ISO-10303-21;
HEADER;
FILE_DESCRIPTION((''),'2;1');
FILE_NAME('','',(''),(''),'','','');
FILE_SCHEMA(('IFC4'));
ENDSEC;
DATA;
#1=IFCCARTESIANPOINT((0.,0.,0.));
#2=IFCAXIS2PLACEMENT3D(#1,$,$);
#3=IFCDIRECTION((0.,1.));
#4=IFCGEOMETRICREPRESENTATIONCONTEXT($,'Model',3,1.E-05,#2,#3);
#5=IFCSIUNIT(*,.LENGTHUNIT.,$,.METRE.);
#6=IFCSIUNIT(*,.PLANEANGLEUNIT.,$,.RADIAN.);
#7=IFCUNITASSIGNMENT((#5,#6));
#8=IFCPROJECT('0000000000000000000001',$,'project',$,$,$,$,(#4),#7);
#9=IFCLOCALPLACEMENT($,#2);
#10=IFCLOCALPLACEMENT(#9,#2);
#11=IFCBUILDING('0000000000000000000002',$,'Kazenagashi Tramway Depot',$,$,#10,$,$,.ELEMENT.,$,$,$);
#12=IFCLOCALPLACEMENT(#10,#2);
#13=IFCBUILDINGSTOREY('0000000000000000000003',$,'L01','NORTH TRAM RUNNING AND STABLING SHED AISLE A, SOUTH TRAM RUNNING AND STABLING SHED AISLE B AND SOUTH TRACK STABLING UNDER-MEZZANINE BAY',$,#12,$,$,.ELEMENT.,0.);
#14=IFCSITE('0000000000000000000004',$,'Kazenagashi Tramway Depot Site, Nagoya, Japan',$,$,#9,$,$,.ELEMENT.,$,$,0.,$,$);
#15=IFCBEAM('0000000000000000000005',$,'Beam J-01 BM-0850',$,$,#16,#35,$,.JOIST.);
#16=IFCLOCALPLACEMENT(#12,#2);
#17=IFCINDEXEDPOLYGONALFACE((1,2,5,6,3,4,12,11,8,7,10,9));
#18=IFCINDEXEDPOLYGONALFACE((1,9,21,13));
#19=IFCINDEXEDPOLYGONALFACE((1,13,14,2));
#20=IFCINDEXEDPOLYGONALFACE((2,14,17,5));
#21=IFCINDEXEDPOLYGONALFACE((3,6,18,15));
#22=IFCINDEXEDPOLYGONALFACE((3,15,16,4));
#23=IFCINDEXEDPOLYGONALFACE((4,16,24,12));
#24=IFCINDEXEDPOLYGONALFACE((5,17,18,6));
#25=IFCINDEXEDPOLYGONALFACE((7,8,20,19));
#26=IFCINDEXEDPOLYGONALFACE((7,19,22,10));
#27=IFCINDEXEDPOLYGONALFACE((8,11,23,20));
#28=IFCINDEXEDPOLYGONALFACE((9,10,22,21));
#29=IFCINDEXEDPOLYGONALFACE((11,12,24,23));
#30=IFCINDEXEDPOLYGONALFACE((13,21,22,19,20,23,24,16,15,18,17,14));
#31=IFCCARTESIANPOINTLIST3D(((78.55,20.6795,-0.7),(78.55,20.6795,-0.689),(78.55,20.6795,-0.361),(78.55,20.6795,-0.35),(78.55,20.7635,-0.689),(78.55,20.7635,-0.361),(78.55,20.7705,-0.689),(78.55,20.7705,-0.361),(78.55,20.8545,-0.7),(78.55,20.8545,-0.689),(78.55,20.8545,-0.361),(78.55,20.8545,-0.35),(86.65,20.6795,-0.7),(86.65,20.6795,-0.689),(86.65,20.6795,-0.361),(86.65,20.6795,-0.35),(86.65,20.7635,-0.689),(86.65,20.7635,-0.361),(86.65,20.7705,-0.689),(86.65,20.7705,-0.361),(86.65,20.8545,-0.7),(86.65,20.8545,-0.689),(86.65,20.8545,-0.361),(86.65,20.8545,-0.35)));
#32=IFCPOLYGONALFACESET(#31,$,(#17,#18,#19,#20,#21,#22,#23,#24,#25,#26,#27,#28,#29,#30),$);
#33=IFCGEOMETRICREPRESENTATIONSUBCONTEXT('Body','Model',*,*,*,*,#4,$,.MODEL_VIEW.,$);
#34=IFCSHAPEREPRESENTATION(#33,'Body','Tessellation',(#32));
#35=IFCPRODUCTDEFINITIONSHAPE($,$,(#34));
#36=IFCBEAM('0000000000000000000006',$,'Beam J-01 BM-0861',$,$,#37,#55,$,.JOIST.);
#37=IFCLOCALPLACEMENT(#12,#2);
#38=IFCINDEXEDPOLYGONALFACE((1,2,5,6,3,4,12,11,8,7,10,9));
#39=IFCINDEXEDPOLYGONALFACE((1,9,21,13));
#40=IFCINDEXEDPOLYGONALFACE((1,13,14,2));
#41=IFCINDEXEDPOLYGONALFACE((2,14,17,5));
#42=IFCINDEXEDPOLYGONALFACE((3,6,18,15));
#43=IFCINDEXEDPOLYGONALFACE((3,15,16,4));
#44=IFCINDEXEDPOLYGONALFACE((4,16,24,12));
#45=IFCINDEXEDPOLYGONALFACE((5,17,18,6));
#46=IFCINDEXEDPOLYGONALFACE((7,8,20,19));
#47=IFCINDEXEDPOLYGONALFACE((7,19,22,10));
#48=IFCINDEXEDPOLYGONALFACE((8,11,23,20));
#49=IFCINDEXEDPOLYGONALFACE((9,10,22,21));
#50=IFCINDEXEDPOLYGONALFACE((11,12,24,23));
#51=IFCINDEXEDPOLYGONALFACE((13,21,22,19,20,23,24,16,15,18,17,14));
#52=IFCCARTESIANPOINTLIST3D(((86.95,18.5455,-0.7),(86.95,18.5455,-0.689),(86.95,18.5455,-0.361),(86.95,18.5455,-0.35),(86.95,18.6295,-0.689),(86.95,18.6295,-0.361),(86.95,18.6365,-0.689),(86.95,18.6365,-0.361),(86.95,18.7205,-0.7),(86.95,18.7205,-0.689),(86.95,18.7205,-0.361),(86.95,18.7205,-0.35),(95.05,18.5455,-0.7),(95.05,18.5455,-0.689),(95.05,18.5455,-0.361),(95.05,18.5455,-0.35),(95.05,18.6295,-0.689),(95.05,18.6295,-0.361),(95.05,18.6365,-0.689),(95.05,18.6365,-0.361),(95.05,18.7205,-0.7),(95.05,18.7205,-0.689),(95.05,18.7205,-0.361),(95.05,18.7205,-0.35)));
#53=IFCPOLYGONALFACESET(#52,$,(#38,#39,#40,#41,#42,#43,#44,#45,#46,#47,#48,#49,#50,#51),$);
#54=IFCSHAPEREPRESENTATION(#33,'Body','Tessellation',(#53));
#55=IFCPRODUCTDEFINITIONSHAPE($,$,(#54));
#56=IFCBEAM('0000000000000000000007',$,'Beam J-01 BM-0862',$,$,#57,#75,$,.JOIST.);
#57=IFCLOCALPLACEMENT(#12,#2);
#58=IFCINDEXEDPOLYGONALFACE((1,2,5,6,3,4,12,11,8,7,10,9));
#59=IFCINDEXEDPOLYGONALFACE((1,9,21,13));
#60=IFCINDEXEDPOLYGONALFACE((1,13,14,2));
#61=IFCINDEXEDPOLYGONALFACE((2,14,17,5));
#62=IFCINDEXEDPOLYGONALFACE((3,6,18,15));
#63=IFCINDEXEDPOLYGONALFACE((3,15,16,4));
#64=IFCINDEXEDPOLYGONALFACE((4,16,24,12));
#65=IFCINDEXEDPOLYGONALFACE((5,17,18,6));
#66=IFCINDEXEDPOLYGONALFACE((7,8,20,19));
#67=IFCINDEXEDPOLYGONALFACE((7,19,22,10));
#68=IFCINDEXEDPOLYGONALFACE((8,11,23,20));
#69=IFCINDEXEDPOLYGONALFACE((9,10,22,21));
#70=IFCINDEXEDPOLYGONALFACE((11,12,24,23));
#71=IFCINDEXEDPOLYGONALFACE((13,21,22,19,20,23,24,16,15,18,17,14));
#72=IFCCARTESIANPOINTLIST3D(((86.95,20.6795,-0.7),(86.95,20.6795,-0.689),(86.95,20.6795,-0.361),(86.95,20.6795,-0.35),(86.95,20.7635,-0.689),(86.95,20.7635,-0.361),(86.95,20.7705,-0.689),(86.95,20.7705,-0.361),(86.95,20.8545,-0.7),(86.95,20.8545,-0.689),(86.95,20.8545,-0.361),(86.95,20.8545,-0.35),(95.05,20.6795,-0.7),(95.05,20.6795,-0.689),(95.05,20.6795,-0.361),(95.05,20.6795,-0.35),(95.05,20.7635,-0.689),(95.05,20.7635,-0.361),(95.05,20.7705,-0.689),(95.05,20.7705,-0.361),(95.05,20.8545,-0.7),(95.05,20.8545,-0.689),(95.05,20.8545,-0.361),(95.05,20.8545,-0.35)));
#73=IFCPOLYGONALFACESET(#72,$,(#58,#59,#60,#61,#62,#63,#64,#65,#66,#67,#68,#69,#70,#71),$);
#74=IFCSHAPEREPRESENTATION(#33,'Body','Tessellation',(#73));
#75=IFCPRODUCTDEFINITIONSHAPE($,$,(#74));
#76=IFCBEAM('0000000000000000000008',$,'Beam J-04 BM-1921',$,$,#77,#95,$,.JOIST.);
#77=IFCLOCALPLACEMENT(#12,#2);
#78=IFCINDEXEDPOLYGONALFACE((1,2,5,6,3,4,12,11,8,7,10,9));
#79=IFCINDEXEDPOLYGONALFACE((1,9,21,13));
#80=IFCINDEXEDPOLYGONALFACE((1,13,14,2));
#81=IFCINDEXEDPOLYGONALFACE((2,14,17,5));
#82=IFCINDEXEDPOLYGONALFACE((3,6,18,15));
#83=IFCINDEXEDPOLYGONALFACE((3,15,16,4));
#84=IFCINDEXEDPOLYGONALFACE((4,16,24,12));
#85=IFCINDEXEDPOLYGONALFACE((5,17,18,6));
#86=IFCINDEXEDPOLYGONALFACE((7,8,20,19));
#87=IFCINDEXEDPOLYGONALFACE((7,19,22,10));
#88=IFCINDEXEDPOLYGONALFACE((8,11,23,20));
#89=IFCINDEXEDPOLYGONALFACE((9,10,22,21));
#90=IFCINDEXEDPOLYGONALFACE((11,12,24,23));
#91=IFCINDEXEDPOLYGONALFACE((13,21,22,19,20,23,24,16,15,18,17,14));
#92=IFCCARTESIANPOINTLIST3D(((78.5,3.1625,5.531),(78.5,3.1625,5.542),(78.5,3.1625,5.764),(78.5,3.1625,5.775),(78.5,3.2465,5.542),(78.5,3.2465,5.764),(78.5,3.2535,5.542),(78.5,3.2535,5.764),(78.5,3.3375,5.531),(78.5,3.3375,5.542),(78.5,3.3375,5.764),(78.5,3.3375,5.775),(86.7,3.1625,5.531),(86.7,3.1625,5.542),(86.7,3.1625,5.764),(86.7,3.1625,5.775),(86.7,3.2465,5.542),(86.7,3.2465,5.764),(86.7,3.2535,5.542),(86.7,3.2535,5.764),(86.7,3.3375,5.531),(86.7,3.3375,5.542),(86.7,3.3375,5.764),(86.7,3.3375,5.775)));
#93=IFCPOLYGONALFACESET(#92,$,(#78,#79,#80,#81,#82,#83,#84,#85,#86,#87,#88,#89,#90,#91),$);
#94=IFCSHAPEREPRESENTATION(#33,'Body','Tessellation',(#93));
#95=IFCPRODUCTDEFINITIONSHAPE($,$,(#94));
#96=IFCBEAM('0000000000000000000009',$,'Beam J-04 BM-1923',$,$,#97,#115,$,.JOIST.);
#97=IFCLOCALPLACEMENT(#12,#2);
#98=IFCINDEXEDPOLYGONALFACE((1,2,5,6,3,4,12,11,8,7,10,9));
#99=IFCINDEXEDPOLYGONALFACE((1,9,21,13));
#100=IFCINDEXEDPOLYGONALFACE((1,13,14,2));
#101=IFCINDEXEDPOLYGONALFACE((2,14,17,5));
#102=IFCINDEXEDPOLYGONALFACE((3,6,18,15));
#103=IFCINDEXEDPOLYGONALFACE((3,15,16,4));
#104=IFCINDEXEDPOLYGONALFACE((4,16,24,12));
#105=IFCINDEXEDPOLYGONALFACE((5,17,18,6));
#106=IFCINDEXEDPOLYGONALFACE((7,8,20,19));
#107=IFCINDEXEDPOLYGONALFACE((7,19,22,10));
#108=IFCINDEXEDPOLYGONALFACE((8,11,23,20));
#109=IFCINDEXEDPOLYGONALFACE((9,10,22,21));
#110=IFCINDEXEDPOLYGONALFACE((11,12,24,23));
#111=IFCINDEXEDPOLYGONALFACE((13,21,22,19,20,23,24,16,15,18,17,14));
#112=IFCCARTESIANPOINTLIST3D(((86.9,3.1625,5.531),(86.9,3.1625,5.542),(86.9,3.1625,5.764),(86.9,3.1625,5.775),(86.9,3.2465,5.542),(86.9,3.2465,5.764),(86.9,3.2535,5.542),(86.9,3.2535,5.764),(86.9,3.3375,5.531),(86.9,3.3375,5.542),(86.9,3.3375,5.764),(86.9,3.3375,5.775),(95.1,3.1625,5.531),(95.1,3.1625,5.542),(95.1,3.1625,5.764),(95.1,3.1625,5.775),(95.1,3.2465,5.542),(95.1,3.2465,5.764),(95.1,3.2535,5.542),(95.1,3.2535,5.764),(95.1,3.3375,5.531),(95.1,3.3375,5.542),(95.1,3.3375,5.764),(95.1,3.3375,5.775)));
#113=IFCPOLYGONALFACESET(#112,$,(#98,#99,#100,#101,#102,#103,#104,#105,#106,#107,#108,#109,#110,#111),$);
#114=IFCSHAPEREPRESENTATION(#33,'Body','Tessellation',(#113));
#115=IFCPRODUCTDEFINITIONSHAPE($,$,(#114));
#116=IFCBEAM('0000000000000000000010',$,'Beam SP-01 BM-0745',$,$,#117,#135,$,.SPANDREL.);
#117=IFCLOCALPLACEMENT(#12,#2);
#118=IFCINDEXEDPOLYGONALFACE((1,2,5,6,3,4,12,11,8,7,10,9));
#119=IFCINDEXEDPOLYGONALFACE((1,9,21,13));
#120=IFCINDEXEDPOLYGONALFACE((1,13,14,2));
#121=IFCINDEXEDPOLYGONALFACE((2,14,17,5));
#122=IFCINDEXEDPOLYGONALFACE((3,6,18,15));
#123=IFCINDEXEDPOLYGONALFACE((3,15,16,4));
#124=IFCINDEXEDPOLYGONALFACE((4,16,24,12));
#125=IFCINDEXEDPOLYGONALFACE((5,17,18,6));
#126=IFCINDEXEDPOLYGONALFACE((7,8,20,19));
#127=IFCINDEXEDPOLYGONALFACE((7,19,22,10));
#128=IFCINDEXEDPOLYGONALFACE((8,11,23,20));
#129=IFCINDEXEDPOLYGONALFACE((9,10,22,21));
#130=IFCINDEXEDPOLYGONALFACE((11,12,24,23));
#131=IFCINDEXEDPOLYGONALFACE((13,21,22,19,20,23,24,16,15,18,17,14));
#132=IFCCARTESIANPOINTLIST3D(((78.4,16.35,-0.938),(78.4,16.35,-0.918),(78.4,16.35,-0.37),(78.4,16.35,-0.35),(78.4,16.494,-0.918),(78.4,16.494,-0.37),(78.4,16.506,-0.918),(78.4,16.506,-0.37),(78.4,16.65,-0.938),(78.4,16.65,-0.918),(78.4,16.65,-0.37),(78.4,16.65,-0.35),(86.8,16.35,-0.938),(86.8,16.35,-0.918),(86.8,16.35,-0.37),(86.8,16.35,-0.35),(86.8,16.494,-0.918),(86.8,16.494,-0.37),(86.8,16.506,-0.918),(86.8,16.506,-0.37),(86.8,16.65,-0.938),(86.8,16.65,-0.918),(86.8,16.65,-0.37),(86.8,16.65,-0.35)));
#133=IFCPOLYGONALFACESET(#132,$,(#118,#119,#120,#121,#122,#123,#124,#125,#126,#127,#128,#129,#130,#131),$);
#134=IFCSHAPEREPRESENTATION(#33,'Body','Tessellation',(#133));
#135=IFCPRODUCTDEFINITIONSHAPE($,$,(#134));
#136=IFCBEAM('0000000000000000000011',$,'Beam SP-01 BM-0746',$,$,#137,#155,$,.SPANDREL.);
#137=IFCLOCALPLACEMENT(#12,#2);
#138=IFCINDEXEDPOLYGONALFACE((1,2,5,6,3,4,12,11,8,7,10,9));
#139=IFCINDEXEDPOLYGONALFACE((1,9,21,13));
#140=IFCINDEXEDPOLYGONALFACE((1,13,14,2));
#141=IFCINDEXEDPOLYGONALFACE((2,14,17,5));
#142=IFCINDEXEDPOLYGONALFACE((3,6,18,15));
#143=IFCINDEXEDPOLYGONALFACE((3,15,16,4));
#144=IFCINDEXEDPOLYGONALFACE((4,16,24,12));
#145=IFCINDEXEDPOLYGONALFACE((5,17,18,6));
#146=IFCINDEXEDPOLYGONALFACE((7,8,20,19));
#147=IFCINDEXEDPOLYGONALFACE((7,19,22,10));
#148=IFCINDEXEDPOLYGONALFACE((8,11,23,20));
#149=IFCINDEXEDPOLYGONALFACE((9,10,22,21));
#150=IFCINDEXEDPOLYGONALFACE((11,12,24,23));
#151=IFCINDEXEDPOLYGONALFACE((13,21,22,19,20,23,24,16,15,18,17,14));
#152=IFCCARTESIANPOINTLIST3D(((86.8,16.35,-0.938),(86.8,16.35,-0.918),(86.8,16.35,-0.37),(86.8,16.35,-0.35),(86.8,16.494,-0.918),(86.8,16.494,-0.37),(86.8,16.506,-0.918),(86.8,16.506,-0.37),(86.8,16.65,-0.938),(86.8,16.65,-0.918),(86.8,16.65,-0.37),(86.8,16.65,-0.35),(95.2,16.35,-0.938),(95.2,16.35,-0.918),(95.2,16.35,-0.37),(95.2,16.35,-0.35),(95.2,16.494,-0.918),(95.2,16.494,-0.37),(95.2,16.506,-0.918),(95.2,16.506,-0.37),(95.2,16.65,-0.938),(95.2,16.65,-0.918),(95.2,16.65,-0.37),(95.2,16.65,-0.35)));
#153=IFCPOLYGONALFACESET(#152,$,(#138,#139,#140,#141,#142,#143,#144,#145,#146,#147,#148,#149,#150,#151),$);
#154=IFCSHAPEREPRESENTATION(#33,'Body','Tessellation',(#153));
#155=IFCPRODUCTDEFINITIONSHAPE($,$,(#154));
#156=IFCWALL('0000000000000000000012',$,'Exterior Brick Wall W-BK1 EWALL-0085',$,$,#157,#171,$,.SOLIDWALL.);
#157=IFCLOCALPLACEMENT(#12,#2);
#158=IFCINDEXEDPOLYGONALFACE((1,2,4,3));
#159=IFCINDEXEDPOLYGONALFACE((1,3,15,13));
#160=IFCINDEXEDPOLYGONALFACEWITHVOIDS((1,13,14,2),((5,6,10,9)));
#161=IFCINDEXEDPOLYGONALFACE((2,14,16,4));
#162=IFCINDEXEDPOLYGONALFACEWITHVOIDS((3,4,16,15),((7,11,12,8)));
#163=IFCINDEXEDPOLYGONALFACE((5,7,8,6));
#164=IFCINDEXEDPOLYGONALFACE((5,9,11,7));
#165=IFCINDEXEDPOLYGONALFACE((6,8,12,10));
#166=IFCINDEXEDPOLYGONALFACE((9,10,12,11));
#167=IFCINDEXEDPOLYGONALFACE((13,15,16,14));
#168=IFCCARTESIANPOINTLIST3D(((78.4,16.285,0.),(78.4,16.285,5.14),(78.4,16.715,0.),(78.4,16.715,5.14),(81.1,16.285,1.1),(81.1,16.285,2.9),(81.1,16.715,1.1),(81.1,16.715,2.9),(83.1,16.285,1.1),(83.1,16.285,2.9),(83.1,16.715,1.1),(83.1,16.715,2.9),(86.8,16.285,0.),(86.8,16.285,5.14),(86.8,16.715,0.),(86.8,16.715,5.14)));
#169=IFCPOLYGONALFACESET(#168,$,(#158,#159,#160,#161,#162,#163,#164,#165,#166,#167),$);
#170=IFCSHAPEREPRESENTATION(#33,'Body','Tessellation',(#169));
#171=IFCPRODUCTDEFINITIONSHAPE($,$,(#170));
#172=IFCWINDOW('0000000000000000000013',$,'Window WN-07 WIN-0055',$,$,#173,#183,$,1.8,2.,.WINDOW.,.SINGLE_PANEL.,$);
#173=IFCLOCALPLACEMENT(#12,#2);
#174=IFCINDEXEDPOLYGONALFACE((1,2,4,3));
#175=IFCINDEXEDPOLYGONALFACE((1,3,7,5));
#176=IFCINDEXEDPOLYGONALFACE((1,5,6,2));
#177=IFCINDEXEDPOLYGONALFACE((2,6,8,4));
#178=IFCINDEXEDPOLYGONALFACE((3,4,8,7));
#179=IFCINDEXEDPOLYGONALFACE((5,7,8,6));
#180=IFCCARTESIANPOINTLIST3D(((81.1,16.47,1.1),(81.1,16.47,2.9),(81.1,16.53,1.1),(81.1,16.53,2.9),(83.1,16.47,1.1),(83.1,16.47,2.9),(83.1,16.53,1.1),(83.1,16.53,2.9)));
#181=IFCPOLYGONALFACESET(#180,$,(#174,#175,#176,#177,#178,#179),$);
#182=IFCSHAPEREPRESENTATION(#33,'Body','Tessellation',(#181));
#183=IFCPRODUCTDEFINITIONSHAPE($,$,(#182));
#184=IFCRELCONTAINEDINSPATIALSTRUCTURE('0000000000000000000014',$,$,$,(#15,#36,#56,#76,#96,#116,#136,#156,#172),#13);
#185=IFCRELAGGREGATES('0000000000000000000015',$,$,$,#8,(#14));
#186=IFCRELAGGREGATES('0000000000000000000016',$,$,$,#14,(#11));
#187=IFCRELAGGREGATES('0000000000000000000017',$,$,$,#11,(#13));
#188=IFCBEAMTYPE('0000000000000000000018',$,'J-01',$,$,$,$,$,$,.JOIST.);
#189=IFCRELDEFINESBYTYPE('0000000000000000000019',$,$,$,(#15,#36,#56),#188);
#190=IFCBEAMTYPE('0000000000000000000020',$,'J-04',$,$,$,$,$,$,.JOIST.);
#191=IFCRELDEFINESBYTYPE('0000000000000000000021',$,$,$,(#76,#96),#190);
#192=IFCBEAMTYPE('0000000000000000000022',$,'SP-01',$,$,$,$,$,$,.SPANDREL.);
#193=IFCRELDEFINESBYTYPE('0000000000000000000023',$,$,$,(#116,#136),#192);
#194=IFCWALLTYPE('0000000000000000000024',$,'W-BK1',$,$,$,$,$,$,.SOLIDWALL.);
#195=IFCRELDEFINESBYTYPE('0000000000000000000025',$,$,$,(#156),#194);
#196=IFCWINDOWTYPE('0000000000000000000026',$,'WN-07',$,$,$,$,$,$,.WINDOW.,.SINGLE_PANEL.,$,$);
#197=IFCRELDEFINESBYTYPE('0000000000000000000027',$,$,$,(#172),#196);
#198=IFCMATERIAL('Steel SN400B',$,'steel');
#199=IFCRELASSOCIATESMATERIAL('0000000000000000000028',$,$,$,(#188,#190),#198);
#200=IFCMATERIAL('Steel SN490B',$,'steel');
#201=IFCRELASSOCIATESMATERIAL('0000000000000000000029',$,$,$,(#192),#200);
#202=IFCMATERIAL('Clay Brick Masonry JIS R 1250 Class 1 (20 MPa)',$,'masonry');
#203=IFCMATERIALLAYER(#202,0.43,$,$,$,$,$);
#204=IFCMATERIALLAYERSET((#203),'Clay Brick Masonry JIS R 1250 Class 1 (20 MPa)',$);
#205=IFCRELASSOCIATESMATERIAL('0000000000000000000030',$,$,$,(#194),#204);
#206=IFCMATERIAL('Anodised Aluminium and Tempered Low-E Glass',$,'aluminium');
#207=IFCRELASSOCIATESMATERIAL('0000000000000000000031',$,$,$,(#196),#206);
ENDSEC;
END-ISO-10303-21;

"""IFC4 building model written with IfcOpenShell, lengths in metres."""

from ifc_helpers import new_model, si_unit, direction, frame, frame_2d, origin, origin_2d, place, context, subcontext, project, spatial, rectangle, i_section, extrude, material, layer, layer_set, material_profile, profile_set, type_object, element, fill, save


model = new_model("IFC4")

# Units and contexts
model_context = context("Model", 3, precision=1e-05, world=origin(), true_north=direction((0.0, 1.0)))
body_context = subcontext(model_context, "Body", "Model", "MODEL_VIEW")
ifc_project = project(units=[si_unit("LENGTHUNIT", "METRE"), si_unit("PLANEANGLEUNIT", "RADIAN")], contexts=[model_context])

# Site, building, storey
site_placement = place(None, origin())
site = spatial("IfcSite", under=ifc_project, at=site_placement, Name="Kazenagashi Tramway Depot Site, Nagoya, Japan", CompositionType="ELEMENT", RefElevation=0.0)
building_placement = place(site_placement, origin())
building = spatial("IfcBuilding", under=site, at=building_placement, Name="Kazenagashi Tramway Depot", CompositionType="ELEMENT")
storey_placement = place(building_placement, origin())
storey = spatial("IfcBuildingStorey", under=building, at=storey_placement, Name="L01", Description="NORTH TRAM RUNNING AND STABLING SHED AISLE A, SOUTH TRAM RUNNING AND STABLING SHED AISLE B AND SOUTH TRACK STABLING UNDER-MEZZANINE BAY", CompositionType="ELEMENT", Elevation=0.0)

# Shared definitions
ifc_material_1 = material(Name="Steel SN490B", Category="steel")

# Beams
ifc_material_2 = material(Name="Steel SN400B", Category="steel")
ifc_material_profile_1 = material_profile(ifc_material_2, i_section(OverallWidth=0.175, OverallDepth=0.35, WebThickness=0.007, FlangeThickness=0.011, at=origin_2d()), Name="H-350x175x7x11")
ifc_profile_set_1 = profile_set([ifc_material_profile_1], Name="Steel SN400B")
beam_type_1 = type_object("IfcBeamType", Name="J-01", PredefinedType="JOIST", material=ifc_profile_set_1)
for number, where, z_axis, x_axis, name in (
    (1, (78.55, 20.767, -0.525), (1.0, 0.0, 0.0), (0.0, 1.0, 0.0), "Beam J-01 BM-0850"),
    (2, (86.95, 18.633, -0.525), (1.0, 0.0, 0.0), (0.0, 1.0, 0.0), "Beam J-01 BM-0861"),
    (3, (86.95, 20.767, -0.525), (1.0, 0.0, 0.0), (0.0, 1.0, 0.0), "Beam J-01 BM-0862"),
):
    element("IfcBeam", number, at=place(storey_placement, frame(where, z_axis=z_axis, x_axis=x_axis)), inside=storey, type_object=beam_type_1, Name=name, PredefinedType="JOIST", context=body_context, shape_type="SweptSolid", body=[
        extrude(i_section(OverallWidth=0.175, OverallDepth=0.35, WebThickness=0.007, FlangeThickness=0.011, at=origin_2d()), origin(), (0.0, 0.0, 1.0), 8.1),
    ])
ifc_material_profile_2 = material_profile(ifc_material_2, i_section(OverallWidth=0.175, OverallDepth=0.244, WebThickness=0.007, FlangeThickness=0.011, at=origin_2d()), Name="H-244x175x7x11")
ifc_profile_set_2 = profile_set([ifc_material_profile_2], Name="Steel SN400B")
beam_type_2 = type_object("IfcBeamType", Name="J-04", PredefinedType="JOIST", material=ifc_profile_set_2)
for number, where, z_axis, x_axis, name in (
    (4, (78.5, 3.25, 5.653), (1.0, 0.0, 0.0), (0.0, 1.0, 0.0), "Beam J-04 BM-1921"),
    (5, (86.9, 3.25, 5.653), (1.0, 0.0, 0.0), (0.0, 1.0, 0.0), "Beam J-04 BM-1923"),
):
    element("IfcBeam", number, at=place(storey_placement, frame(where, z_axis=z_axis, x_axis=x_axis)), inside=storey, type_object=beam_type_2, Name=name, PredefinedType="JOIST", context=body_context, shape_type="SweptSolid", body=[
        extrude(i_section(OverallWidth=0.175, OverallDepth=0.244, WebThickness=0.007, FlangeThickness=0.011, at=origin_2d()), origin(), (0.0, 0.0, 1.0), 8.2),
    ])
ifc_material_profile_3 = material_profile(ifc_material_1, i_section(OverallWidth=0.3, OverallDepth=0.588, WebThickness=0.012, FlangeThickness=0.02, at=origin_2d()), Name="H-588x300x12x20")
ifc_profile_set_3 = profile_set([ifc_material_profile_3], Name="Steel SN490B")
beam_type_3 = type_object("IfcBeamType", Name="SP-01", PredefinedType="SPANDREL", material=ifc_profile_set_3)
for number, where, z_axis, x_axis, name in (
    (6, (78.4, 16.5, -0.644), (1.0, 0.0, 0.0), (0.0, 1.0, 0.0), "Beam SP-01 BM-0745"),
    (7, (86.8, 16.5, -0.644), (1.0, 0.0, 0.0), (0.0, 1.0, 0.0), "Beam SP-01 BM-0746"),
):
    element("IfcBeam", number, at=place(storey_placement, frame(where, z_axis=z_axis, x_axis=x_axis)), inside=storey, type_object=beam_type_3, Name=name, PredefinedType="SPANDREL", context=body_context, shape_type="SweptSolid", body=[
        extrude(i_section(OverallWidth=0.3, OverallDepth=0.588, WebThickness=0.012, FlangeThickness=0.02, at=origin_2d()), origin(), (0.0, 0.0, 1.0), 8.4),
    ])

# Wall, opening, window
ifc_material_3 = material(Name="Clay Brick Masonry JIS R 1250 Class 1 (20 MPa)", Category="masonry")
ifc_layer_1 = layer(ifc_material_3, 0.43)
ifc_layer_set_1 = layer_set([ifc_layer_1], Name="Clay Brick Masonry JIS R 1250 Class 1 (20 MPa)")
wall_type = type_object("IfcWallType", Name="W-BK1", PredefinedType="SOLIDWALL", material=ifc_layer_set_1)
wall_1_placement = place(storey_placement, frame((78.4, 16.5, 0.0), z_axis=(0.0, 0.0, 1.0), x_axis=(1.0, 0.0, 0.0)))
wall_1 = element("IfcWall", 8, at=wall_1_placement, inside=storey, type_object=wall_type, Name="Exterior Brick Wall W-BK1 EWALL-0085", PredefinedType="SOLIDWALL", context=body_context, shape_type="SweptSolid", body=[
    extrude(rectangle(XDim=8.4, YDim=0.43, at=frame_2d((4.2, 0.0))), origin(), (0.0, 0.0, 1.0), 5.14),
])
opening_1_placement = place(wall_1_placement, frame((2.7, 0.0, 1.1)))
opening_1 = element("IfcOpeningElement", 9, at=opening_1_placement, cuts=wall_1, PredefinedType="OPENING", context=body_context, shape_type="SweptSolid", body=[
    extrude(rectangle(XDim=2.0, YDim=1.8, at=frame_2d((1.0, 0.9))), frame((0.0, 0.225, 0.0), z_axis=(0.0, -1.0, 0.0), x_axis=(1.0, 0.0, 0.0)), (0.0, 0.0, 1.0), 0.45),
])
ifc_material_4 = material(Name="Anodised Aluminium and Tempered Low-E Glass", Category="aluminium")
window_type = type_object("IfcWindowType", Name="WN-07", PartitioningType="SINGLE_PANEL", PredefinedType="WINDOW", material=ifc_material_4)
window_placement = place(opening_1_placement, origin())
window = element("IfcWindow", 10, at=window_placement, inside=storey, type_object=window_type, Name="Window WN-07 WIN-0055", OverallHeight=1.8, OverallWidth=2.0, PartitioningType="SINGLE_PANEL", PredefinedType="WINDOW", context=body_context, shape_type="SweptSolid", body=[
    extrude(rectangle(XDim=2.0, YDim=1.8, at=frame_2d((1.0, 0.9))), frame((0.0, 0.03, 0.0), z_axis=(0.0, -1.0, 0.0), x_axis=(1.0, 0.0, 0.0)), (0.0, 0.0, 1.0), 0.06),
])
fill(opening_1, window)

save(model, "model.ifc")
